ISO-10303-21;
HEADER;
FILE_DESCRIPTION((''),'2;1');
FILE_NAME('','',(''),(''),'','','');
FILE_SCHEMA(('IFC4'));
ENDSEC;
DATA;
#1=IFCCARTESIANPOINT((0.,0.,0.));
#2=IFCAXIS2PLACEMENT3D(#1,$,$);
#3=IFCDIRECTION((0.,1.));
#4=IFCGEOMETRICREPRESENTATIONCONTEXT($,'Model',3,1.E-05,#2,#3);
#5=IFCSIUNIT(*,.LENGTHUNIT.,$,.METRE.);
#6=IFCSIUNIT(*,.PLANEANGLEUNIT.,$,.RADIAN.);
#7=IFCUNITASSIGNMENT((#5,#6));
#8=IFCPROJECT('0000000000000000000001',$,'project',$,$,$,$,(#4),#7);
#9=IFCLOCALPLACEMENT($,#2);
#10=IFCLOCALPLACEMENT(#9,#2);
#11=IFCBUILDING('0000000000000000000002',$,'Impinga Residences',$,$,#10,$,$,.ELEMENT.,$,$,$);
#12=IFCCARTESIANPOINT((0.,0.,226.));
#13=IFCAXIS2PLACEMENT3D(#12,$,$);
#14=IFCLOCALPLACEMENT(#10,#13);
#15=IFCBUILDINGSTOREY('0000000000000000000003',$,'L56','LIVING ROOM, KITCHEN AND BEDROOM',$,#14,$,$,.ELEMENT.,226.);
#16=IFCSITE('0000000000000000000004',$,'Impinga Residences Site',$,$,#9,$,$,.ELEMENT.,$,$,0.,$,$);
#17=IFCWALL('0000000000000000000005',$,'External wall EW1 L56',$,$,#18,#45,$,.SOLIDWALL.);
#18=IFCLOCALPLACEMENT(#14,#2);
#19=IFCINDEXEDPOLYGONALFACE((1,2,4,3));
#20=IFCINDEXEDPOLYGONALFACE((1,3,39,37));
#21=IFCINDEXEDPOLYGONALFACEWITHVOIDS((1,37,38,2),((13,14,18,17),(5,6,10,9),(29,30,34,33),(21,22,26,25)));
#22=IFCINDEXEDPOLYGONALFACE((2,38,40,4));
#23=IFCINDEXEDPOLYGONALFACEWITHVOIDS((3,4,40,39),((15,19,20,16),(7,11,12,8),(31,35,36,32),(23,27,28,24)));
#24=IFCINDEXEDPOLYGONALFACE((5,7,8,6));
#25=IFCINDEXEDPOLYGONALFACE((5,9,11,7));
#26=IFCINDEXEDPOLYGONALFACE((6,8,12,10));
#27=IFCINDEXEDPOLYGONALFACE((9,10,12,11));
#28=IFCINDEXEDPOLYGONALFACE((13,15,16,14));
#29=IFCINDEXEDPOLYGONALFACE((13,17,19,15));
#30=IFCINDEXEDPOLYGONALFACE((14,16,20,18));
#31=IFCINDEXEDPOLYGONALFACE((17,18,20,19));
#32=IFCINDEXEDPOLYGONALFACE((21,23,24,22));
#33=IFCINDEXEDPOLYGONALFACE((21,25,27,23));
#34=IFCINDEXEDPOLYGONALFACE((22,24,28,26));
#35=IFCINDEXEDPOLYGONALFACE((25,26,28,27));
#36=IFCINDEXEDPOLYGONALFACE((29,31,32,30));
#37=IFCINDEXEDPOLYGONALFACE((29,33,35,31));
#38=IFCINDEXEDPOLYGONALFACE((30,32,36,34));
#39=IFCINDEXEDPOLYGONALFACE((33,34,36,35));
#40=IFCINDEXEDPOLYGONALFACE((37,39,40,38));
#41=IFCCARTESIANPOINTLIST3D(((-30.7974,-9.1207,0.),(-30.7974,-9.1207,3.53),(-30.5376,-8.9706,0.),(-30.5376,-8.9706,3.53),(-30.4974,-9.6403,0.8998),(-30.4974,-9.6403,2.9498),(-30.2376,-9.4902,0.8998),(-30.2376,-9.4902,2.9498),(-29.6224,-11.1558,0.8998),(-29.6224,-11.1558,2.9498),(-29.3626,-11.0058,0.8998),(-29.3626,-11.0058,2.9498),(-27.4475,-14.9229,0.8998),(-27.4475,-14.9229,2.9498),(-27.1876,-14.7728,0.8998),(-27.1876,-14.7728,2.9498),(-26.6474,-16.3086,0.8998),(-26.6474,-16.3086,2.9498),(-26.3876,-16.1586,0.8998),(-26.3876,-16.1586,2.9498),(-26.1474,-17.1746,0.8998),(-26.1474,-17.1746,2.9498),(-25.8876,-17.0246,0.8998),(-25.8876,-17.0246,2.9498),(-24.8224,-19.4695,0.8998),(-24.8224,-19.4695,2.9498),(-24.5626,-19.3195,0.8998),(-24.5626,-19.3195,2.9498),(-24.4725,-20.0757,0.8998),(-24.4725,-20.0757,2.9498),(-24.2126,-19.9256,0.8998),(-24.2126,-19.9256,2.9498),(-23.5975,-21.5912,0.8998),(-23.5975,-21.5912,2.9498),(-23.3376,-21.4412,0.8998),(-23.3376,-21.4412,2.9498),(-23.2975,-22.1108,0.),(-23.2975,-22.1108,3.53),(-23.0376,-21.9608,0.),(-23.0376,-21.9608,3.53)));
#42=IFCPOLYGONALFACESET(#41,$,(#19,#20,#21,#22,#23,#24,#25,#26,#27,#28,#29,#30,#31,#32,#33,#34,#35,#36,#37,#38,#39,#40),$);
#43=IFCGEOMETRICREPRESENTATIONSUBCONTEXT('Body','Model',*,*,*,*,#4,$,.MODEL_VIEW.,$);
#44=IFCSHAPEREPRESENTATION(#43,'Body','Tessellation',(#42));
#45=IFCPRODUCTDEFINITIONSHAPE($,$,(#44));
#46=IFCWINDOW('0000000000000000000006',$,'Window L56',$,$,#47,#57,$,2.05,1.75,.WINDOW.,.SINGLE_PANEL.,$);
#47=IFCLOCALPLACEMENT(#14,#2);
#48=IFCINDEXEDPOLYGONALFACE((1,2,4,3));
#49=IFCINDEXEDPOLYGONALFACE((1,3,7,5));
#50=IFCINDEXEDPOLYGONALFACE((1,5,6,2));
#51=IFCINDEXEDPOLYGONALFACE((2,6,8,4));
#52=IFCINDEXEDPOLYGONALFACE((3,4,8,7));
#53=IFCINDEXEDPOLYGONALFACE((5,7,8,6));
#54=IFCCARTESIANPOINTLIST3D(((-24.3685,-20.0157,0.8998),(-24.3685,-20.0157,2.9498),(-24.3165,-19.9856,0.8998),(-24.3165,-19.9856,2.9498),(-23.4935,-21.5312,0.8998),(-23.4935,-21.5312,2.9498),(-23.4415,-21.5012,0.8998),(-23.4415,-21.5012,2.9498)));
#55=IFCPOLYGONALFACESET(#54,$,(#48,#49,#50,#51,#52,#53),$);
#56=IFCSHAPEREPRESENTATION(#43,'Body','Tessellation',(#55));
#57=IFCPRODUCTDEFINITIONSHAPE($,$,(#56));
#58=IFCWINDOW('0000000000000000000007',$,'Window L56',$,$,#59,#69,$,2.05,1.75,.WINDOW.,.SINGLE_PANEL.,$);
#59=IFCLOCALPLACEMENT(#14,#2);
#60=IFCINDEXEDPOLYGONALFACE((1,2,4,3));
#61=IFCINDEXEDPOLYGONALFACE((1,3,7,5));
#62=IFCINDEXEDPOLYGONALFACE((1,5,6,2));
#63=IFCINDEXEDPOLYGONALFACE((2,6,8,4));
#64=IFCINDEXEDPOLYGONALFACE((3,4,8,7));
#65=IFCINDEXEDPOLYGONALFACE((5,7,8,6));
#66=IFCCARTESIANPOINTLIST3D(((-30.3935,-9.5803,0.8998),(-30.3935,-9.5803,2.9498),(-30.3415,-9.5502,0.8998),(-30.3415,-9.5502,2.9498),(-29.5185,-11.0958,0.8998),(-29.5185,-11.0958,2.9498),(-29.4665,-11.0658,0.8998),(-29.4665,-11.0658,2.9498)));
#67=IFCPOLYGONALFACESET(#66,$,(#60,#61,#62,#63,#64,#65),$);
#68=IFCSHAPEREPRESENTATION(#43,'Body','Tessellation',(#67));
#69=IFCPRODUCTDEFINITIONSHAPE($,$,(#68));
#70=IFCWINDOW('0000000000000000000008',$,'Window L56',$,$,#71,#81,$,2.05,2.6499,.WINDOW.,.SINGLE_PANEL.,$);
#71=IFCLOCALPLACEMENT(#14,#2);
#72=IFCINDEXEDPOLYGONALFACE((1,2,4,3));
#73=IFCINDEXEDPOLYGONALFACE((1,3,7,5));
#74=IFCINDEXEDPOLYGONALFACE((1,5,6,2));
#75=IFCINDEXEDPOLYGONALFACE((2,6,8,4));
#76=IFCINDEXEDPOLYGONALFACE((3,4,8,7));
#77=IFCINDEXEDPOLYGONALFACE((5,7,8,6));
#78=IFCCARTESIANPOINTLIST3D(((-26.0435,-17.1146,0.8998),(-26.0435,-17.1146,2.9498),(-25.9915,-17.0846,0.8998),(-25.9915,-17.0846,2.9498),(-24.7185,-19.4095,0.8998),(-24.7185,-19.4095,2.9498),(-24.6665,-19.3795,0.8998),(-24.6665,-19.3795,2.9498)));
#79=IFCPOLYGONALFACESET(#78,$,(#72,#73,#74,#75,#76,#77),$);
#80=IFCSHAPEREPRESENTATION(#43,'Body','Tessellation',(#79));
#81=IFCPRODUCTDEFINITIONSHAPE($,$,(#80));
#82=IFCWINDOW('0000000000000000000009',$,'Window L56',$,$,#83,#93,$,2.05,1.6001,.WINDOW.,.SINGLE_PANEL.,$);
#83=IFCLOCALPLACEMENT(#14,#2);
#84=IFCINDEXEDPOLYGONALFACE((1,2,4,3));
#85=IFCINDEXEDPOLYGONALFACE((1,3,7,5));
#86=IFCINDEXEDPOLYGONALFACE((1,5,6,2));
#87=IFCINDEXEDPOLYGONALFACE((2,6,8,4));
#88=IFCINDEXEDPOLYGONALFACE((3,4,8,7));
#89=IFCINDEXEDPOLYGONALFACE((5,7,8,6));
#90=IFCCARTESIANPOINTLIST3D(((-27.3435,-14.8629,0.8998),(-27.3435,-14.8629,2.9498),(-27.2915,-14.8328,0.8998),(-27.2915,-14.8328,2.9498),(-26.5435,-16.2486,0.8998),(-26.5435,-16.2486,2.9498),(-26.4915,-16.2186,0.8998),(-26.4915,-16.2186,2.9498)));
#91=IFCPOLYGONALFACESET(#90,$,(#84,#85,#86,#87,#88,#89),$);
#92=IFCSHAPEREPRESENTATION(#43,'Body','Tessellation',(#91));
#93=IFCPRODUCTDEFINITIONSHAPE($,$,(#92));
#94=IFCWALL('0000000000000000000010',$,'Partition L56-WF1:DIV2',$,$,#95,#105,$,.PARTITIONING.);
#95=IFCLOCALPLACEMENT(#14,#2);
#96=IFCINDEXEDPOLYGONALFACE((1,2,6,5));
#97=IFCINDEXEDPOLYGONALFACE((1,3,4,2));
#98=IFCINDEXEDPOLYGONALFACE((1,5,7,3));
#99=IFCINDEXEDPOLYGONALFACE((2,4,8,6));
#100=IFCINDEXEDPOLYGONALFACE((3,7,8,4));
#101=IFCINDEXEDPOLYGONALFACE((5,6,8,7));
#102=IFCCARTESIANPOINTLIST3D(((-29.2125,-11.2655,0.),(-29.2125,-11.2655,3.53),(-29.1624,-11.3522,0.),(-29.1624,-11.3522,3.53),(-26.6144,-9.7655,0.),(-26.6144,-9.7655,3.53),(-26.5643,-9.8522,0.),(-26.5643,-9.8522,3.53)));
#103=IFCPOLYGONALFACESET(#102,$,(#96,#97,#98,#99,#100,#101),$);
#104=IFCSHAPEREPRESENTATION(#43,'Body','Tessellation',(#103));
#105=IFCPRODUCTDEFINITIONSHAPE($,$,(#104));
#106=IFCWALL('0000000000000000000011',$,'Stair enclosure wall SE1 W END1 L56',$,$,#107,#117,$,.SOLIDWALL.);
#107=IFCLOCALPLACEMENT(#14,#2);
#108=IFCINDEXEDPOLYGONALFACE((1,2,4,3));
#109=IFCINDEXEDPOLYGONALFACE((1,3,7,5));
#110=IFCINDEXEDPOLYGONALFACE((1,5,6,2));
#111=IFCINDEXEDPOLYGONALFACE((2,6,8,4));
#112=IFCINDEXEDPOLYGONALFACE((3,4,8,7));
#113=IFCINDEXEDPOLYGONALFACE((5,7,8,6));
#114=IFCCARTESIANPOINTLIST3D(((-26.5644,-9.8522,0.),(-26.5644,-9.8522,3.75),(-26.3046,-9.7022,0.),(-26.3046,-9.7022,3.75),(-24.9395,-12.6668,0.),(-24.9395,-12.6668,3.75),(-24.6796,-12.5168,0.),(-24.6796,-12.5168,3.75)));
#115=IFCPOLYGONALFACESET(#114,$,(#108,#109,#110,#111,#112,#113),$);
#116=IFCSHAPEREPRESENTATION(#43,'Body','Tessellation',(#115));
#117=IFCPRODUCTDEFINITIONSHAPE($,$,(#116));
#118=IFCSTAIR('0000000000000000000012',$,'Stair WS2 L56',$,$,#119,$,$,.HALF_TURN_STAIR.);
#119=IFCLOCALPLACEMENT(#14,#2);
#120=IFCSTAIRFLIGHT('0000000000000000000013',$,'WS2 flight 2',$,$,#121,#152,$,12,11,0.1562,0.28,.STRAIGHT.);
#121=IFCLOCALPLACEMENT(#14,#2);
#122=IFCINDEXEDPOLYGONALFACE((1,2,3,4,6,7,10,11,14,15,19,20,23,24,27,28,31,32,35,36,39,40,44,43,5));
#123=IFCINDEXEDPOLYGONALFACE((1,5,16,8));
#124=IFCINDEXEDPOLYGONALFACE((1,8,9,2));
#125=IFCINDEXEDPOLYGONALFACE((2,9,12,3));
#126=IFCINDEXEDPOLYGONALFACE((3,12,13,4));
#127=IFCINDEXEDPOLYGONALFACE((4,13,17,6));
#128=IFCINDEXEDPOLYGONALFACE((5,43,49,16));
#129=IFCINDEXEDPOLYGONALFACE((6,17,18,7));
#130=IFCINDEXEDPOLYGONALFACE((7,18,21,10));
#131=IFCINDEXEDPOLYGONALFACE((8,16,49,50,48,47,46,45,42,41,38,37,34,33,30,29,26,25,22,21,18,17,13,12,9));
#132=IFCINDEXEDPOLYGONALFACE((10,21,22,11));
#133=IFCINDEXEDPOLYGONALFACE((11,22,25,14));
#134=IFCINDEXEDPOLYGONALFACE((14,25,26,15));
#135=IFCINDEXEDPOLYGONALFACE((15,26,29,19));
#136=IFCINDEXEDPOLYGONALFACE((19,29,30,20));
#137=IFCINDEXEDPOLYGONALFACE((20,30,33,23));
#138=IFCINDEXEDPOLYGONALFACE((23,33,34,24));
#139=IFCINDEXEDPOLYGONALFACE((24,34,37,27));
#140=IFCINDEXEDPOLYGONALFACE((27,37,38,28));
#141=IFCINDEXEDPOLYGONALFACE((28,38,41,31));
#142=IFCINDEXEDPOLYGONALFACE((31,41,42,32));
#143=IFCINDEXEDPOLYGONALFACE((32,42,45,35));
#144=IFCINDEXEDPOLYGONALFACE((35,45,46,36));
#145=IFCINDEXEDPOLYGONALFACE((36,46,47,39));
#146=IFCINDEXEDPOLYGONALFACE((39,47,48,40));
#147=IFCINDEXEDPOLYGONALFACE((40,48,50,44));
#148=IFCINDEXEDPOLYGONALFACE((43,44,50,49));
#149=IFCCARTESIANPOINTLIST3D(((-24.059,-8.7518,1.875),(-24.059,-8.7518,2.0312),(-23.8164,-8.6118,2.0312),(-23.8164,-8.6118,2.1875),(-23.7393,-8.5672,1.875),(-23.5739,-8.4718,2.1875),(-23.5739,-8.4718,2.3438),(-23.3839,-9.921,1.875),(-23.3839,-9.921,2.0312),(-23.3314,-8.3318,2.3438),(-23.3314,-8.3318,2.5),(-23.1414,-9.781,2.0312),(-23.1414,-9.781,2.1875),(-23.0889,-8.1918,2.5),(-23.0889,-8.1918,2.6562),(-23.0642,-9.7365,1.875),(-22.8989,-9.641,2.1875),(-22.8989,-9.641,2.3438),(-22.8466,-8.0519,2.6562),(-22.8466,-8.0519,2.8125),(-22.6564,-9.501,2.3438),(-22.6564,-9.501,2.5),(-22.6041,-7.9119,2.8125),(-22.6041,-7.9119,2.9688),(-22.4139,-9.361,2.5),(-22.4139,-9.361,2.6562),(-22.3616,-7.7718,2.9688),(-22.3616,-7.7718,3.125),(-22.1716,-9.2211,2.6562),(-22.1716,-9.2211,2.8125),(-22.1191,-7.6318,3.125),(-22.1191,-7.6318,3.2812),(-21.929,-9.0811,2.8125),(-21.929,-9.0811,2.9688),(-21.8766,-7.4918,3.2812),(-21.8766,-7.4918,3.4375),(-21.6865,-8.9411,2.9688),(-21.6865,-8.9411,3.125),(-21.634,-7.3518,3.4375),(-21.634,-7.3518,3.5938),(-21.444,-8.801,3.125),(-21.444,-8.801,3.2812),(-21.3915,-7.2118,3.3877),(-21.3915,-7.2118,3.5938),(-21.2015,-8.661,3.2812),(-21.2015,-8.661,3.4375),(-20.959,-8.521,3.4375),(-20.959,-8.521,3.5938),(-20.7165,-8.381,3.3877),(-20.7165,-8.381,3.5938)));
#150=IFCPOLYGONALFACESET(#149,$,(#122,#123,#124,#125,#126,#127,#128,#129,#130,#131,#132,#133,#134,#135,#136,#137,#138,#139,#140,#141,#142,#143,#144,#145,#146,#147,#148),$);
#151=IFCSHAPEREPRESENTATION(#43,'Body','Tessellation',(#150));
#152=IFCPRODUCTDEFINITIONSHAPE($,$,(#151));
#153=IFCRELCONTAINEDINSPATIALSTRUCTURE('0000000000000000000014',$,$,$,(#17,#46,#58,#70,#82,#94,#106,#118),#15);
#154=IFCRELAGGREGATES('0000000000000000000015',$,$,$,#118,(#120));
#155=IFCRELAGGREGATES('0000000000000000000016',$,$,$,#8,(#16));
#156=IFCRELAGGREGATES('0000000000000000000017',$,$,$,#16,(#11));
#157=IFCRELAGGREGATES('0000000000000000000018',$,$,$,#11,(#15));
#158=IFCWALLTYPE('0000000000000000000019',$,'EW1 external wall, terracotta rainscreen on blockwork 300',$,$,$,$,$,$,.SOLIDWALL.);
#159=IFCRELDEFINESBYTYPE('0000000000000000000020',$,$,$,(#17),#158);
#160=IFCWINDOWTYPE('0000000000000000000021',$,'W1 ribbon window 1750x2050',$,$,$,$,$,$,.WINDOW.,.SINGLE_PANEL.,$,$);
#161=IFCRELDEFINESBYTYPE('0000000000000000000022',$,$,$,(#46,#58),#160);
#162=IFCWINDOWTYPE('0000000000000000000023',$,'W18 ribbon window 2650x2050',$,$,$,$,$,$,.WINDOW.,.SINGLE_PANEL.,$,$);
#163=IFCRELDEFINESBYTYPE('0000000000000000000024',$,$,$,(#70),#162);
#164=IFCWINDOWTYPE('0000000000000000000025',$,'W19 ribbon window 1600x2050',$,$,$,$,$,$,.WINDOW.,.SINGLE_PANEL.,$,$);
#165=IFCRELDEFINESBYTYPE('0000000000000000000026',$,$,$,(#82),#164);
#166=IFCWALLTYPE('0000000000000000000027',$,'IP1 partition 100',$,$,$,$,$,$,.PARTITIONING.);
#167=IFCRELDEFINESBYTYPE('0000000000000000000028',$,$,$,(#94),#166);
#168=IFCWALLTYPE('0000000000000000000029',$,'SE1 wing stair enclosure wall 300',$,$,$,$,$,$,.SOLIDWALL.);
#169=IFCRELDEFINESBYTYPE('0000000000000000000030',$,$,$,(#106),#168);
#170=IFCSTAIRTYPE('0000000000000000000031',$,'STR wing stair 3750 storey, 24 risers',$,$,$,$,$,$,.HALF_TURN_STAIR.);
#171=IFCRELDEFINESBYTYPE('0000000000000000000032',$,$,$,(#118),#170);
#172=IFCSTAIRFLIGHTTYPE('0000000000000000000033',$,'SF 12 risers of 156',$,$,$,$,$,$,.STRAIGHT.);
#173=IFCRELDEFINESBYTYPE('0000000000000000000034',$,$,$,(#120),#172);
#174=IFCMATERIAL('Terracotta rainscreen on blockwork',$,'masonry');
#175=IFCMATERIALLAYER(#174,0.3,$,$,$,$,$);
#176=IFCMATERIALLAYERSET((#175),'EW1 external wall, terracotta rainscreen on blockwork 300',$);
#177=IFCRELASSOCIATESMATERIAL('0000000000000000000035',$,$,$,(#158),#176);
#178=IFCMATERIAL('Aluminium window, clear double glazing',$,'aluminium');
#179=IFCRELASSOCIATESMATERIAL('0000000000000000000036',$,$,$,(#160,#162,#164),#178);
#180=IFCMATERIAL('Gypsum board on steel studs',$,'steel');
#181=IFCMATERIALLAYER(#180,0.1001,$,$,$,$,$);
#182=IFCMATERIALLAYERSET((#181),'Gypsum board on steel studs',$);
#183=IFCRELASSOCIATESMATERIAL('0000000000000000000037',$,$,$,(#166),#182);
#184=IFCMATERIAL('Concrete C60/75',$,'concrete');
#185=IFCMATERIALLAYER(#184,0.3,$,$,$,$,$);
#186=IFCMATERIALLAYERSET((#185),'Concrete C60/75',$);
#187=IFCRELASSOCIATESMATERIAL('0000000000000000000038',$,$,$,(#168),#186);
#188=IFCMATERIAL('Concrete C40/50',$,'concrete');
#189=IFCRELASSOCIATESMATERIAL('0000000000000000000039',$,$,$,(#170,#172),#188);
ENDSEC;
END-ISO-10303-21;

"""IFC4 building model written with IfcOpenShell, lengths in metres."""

from ifc_helpers import new_model, si_unit, direction, frame, frame_2d, origin, place, context, subcontext, project, spatial, polyline, rectangle, outline, extrude, material, layer, layer_set, type_object, element, fill, aggregate, save


model = new_model("IFC4")

# Units and contexts
model_context = context("Model", 3, precision=1e-05, world=origin(), true_north=direction((0.0, 1.0)))
body_context = subcontext(model_context, "Body", "Model", "MODEL_VIEW")
ifc_project = project(units=[si_unit("LENGTHUNIT", "METRE"), si_unit("PLANEANGLEUNIT", "RADIAN")], contexts=[model_context])

# Site, building, storey
site_placement = place(None, origin())
site = spatial("IfcSite", under=ifc_project, at=site_placement, Name="Impinga Residences Site", CompositionType="ELEMENT", RefElevation=0.0)
building_placement = place(site_placement, origin())
building = spatial("IfcBuilding", under=site, at=building_placement, Name="Impinga Residences", CompositionType="ELEMENT")
storey_placement = place(building_placement, frame((0.0, 0.0, 226.0)))
storey = spatial("IfcBuildingStorey", under=building, at=storey_placement, Name="L56", Description="LIVING ROOM, KITCHEN AND BEDROOM", CompositionType="ELEMENT", Elevation=226.0)

# Shared definitions
ifc_material_1 = material(Name="Concrete C60/75", Category="concrete")

# Shared definitions
ifc_material_2 = material(Name="Terracotta rainscreen on blockwork", Category="masonry")
ifc_layer_1 = layer(ifc_material_2, 0.3)
ifc_layer_set_1 = layer_set([ifc_layer_1], Name="EW1 external wall, terracotta rainscreen on blockwork 300")
wall_type_1 = type_object("IfcWallType", Name="EW1 external wall, terracotta rainscreen on blockwork 300", PredefinedType="SOLIDWALL", material=ifc_layer_set_1)

# Wall, openings, windows
wall_1_placement = place(storey_placement, frame((-23.1675, -22.0359, 0.0), z_axis=(0.0, 0.0, 1.0), x_axis=(-0.500004, 0.866023, 0.0)))
wall_1 = element("IfcWall", 1, at=wall_1_placement, inside=storey, type_object=wall_type_1, Name="External wall EW1 L56", PredefinedType="SOLIDWALL", context=body_context, shape_type="SweptSolid", body=[
    extrude(rectangle(XDim=14.9998, YDim=0.3, at=frame_2d((7.5, 0.0))), origin(), (0.0, 0.0, 1.0), 3.53),
])
opening_1_placement = place(wall_1_placement, frame((0.6001, 0.0, 0.8999)))
opening_1 = element("IfcOpeningElement", 2, at=opening_1_placement, cuts=wall_1, PredefinedType="OPENING", context=body_context, shape_type="SweptSolid", body=[
    extrude(rectangle(XDim=1.75, YDim=2.05, at=frame_2d((0.875, 1.0249))), frame((0.0, 0.1599, 0.0), z_axis=(0.0, -1.0, 0.0), x_axis=(1.0, 0.0, 0.0)), (0.0, 0.0, 1.0), 0.3201),
])
opening_2_placement = place(wall_1_placement, frame((3.05, 0.0, 0.8999)))
opening_2 = element("IfcOpeningElement", 3, at=opening_2_placement, cuts=wall_1, PredefinedType="OPENING", context=body_context, shape_type="SweptSolid", body=[
    extrude(rectangle(XDim=2.6499, YDim=2.05, at=frame_2d((1.325, 1.0249))), frame((0.0, 0.1599, 0.0), z_axis=(0.0, -1.0, 0.0), x_axis=(1.0, 0.0, 0.0)), (0.0, 0.0, 1.0), 0.3201),
])
opening_3_placement = place(wall_1_placement, frame((6.7, 0.0, 0.8999)))
opening_3 = element("IfcOpeningElement", 4, at=opening_3_placement, cuts=wall_1, PredefinedType="OPENING", context=body_context, shape_type="SweptSolid", body=[
    extrude(rectangle(XDim=1.6001, YDim=2.05, at=frame_2d((0.8, 1.0249))), frame((0.0, 0.1599, 0.0), z_axis=(0.0, -1.0, 0.0), x_axis=(1.0, 0.0, 0.0)), (0.0, 0.0, 1.0), 0.3201),
])
opening_4_placement = place(wall_1_placement, frame((12.6499, 0.0, 0.8999)))
opening_4 = element("IfcOpeningElement", 5, at=opening_4_placement, cuts=wall_1, PredefinedType="OPENING", context=body_context, shape_type="SweptSolid", body=[
    extrude(rectangle(XDim=1.75, YDim=2.05, at=frame_2d((0.875, 1.0249))), frame((0.0, 0.1599, 0.0), z_axis=(0.0, -1.0, 0.0), x_axis=(1.0, 0.0, 0.0)), (0.0, 0.0, 1.0), 0.3201),
])
ifc_material_3 = material(Name="Aluminium window, clear double glazing", Category="aluminium")
window_type_1 = type_object("IfcWindowType", Name="W1 ribbon window 1750x2050", PartitioningType="SINGLE_PANEL", PredefinedType="WINDOW", material=ifc_material_3)
window_1_placement = place(opening_1_placement, origin())
window_1 = element("IfcWindow", 6, at=window_1_placement, inside=storey, type_object=window_type_1, Name="Window L56", OverallHeight=2.05, OverallWidth=1.75, PartitioningType="SINGLE_PANEL", PredefinedType="WINDOW", context=body_context, shape_type="SweptSolid", body=[
    extrude(rectangle(XDim=1.75, YDim=2.05, at=frame_2d((0.875, 1.0249))), frame((0.0, 0.03, 0.0), z_axis=(0.0, -1.0, 0.0), x_axis=(1.0, 0.0, 0.0)), (0.0, 0.0, 1.0), 0.0601),
])
fill(opening_1, window_1)
window_2_placement = place(opening_4_placement, origin())
window_2 = element("IfcWindow", 7, at=window_2_placement, inside=storey, type_object=window_type_1, Name="Window L56", OverallHeight=2.05, OverallWidth=1.75, PartitioningType="SINGLE_PANEL", PredefinedType="WINDOW", context=body_context, shape_type="SweptSolid", body=[
    extrude(rectangle(XDim=1.75, YDim=2.05, at=frame_2d((0.875, 1.0249))), frame((0.0, 0.03, 0.0), z_axis=(0.0, -1.0, 0.0), x_axis=(1.0, 0.0, 0.0)), (0.0, 0.0, 1.0), 0.0601),
])
fill(opening_4, window_2)
window_type_2 = type_object("IfcWindowType", Name="W18 ribbon window 2650x2050", PartitioningType="SINGLE_PANEL", PredefinedType="WINDOW", material=ifc_material_3)
window_3_placement = place(opening_2_placement, origin())
window_3 = element("IfcWindow", 8, at=window_3_placement, inside=storey, type_object=window_type_2, Name="Window L56", OverallHeight=2.05, OverallWidth=2.6499, PartitioningType="SINGLE_PANEL", PredefinedType="WINDOW", context=body_context, shape_type="SweptSolid", body=[
    extrude(rectangle(XDim=2.6499, YDim=2.05, at=frame_2d((1.325, 1.0249))), frame((0.0, 0.03, 0.0), z_axis=(0.0, -1.0, 0.0), x_axis=(1.0, 0.0, 0.0)), (0.0, 0.0, 1.0), 0.0601),
])
fill(opening_2, window_3)
window_type_3 = type_object("IfcWindowType", Name="W19 ribbon window 1600x2050", PartitioningType="SINGLE_PANEL", PredefinedType="WINDOW", material=ifc_material_3)
window_4_placement = place(opening_3_placement, origin())
window_4 = element("IfcWindow", 9, at=window_4_placement, inside=storey, type_object=window_type_3, Name="Window L56", OverallHeight=2.05, OverallWidth=1.6001, PartitioningType="SINGLE_PANEL", PredefinedType="WINDOW", context=body_context, shape_type="SweptSolid", body=[
    extrude(rectangle(XDim=1.6001, YDim=2.05, at=frame_2d((0.8, 1.0249))), frame((0.0, 0.03, 0.0), z_axis=(0.0, -1.0, 0.0), x_axis=(1.0, 0.0, 0.0)), (0.0, 0.0, 1.0), 0.0601),
])
fill(opening_3, window_4)

# Walls
ifc_material_4 = material(Name="Gypsum board on steel studs", Category="steel")
ifc_layer_2 = layer(ifc_material_4, 0.1001)
ifc_layer_set_2 = layer_set([ifc_layer_2], Name="Gypsum board on steel studs")
wall_type_2 = type_object("IfcWallType", Name="IP1 partition 100", PredefinedType="PARTITIONING", material=ifc_layer_set_2)
wall_2_placement = place(storey_placement, frame((-26.5894, -9.8088, 0.0), z_axis=(0.0, 0.0, 1.0), x_axis=(-0.866031, -0.49999, 0.0)))
element("IfcWall", 10, at=wall_2_placement, inside=storey, type_object=wall_type_2, Name="Partition L56-WF1:DIV2", PredefinedType="PARTITIONING", context=body_context, shape_type="SweptSolid", body=[
    extrude(rectangle(XDim=3.0, YDim=0.1001, at=frame_2d((1.5, 0.0))), origin(), (0.0, 0.0, 1.0), 3.53),
])
ifc_layer_3 = layer(ifc_material_1, 0.3)
ifc_layer_set_3 = layer_set([ifc_layer_3], Name="Concrete C60/75")
wall_type_3 = type_object("IfcWallType", Name="SE1 wing stair enclosure wall 300", PredefinedType="SOLIDWALL", material=ifc_layer_set_3)
wall_3_placement = place(storey_placement, frame((-24.8096, -12.5918, 0.0), z_axis=(0.0, 0.0, 1.0), x_axis=(-0.499985, 0.866034, 0.0)))
element("IfcWall", 11, at=wall_3_placement, inside=storey, type_object=wall_type_3, Name="Stair enclosure wall SE1 W END1 L56", PredefinedType="SOLIDWALL", context=body_context, shape_type="SweptSolid", body=[
    extrude(rectangle(XDim=3.25, YDim=0.3, at=frame_2d((1.625, 0.0))), origin(), (0.0, 0.0, 1.0), 3.75),
])

# Stair, stair flight
ifc_material_5 = material(Name="Concrete C40/50", Category="concrete")
stair_type = type_object("IfcStairType", Name="STR wing stair 3750 storey, 24 risers", PredefinedType="HALF_TURN_STAIR", material=ifc_material_5)
stair_placement = place(storey_placement, origin())
stair = element("IfcStair", 12, at=stair_placement, inside=storey, type_object=stair_type, Name="Stair WS2 L56", PredefinedType="HALF_TURN_STAIR")
stair_flight_type = type_object("IfcStairFlightType", Name="SF 12 risers of 156", PredefinedType="STRAIGHT", material=ifc_material_5)
stair_flight_placement = place(storey_placement, frame((-23.7214, -9.3364, 1.875), z_axis=(0.0, 0.0, 1.0), x_axis=(0.866025, 0.5, 0.0)))
stair_flight = element("IfcStairFlight", 13, at=stair_flight_placement, type_object=stair_flight_type, Name="WS2 flight 2", NumberOfRisers=12, NumberOfTreads=11, PredefinedType="STRAIGHT", RiserHeight=0.1562, TreadLength=0.28, context=body_context, shape_type="SweptSolid", body=[
    extrude(outline(polyline([(0.0, 0.0), (0.0, 0.1562), (0.28, 0.1562), (0.28, 0.3125), (0.5601, 0.3125), (0.5601, 0.4688), (0.8401, 0.4688), (0.8401, 0.625), (1.1201, 0.625), (1.1201, 0.7812), (1.3999, 0.7812), (1.3999, 0.9375), (1.6799, 0.9375), (1.6799, 1.0938), (1.96, 1.0938), (1.96, 1.25), (2.24, 1.25), (2.24, 1.4062), (2.52, 1.4062), (2.52, 1.5625), (2.8, 1.5625), (2.8, 1.7188), (3.0801, 1.7188), (3.0801, 1.875), (3.0801, 1.5127), (0.3691, 0.0), (0.0, 0.0)])), frame((0.0, 0.675, 0.0), z_axis=(0.0, -1.0, 0.0), x_axis=(1.0, 0.0, 0.0)), (0.0, 0.0, 1.0), 1.3501),
])
aggregate(stair, [stair_flight])

save(model, "model.ifc")
